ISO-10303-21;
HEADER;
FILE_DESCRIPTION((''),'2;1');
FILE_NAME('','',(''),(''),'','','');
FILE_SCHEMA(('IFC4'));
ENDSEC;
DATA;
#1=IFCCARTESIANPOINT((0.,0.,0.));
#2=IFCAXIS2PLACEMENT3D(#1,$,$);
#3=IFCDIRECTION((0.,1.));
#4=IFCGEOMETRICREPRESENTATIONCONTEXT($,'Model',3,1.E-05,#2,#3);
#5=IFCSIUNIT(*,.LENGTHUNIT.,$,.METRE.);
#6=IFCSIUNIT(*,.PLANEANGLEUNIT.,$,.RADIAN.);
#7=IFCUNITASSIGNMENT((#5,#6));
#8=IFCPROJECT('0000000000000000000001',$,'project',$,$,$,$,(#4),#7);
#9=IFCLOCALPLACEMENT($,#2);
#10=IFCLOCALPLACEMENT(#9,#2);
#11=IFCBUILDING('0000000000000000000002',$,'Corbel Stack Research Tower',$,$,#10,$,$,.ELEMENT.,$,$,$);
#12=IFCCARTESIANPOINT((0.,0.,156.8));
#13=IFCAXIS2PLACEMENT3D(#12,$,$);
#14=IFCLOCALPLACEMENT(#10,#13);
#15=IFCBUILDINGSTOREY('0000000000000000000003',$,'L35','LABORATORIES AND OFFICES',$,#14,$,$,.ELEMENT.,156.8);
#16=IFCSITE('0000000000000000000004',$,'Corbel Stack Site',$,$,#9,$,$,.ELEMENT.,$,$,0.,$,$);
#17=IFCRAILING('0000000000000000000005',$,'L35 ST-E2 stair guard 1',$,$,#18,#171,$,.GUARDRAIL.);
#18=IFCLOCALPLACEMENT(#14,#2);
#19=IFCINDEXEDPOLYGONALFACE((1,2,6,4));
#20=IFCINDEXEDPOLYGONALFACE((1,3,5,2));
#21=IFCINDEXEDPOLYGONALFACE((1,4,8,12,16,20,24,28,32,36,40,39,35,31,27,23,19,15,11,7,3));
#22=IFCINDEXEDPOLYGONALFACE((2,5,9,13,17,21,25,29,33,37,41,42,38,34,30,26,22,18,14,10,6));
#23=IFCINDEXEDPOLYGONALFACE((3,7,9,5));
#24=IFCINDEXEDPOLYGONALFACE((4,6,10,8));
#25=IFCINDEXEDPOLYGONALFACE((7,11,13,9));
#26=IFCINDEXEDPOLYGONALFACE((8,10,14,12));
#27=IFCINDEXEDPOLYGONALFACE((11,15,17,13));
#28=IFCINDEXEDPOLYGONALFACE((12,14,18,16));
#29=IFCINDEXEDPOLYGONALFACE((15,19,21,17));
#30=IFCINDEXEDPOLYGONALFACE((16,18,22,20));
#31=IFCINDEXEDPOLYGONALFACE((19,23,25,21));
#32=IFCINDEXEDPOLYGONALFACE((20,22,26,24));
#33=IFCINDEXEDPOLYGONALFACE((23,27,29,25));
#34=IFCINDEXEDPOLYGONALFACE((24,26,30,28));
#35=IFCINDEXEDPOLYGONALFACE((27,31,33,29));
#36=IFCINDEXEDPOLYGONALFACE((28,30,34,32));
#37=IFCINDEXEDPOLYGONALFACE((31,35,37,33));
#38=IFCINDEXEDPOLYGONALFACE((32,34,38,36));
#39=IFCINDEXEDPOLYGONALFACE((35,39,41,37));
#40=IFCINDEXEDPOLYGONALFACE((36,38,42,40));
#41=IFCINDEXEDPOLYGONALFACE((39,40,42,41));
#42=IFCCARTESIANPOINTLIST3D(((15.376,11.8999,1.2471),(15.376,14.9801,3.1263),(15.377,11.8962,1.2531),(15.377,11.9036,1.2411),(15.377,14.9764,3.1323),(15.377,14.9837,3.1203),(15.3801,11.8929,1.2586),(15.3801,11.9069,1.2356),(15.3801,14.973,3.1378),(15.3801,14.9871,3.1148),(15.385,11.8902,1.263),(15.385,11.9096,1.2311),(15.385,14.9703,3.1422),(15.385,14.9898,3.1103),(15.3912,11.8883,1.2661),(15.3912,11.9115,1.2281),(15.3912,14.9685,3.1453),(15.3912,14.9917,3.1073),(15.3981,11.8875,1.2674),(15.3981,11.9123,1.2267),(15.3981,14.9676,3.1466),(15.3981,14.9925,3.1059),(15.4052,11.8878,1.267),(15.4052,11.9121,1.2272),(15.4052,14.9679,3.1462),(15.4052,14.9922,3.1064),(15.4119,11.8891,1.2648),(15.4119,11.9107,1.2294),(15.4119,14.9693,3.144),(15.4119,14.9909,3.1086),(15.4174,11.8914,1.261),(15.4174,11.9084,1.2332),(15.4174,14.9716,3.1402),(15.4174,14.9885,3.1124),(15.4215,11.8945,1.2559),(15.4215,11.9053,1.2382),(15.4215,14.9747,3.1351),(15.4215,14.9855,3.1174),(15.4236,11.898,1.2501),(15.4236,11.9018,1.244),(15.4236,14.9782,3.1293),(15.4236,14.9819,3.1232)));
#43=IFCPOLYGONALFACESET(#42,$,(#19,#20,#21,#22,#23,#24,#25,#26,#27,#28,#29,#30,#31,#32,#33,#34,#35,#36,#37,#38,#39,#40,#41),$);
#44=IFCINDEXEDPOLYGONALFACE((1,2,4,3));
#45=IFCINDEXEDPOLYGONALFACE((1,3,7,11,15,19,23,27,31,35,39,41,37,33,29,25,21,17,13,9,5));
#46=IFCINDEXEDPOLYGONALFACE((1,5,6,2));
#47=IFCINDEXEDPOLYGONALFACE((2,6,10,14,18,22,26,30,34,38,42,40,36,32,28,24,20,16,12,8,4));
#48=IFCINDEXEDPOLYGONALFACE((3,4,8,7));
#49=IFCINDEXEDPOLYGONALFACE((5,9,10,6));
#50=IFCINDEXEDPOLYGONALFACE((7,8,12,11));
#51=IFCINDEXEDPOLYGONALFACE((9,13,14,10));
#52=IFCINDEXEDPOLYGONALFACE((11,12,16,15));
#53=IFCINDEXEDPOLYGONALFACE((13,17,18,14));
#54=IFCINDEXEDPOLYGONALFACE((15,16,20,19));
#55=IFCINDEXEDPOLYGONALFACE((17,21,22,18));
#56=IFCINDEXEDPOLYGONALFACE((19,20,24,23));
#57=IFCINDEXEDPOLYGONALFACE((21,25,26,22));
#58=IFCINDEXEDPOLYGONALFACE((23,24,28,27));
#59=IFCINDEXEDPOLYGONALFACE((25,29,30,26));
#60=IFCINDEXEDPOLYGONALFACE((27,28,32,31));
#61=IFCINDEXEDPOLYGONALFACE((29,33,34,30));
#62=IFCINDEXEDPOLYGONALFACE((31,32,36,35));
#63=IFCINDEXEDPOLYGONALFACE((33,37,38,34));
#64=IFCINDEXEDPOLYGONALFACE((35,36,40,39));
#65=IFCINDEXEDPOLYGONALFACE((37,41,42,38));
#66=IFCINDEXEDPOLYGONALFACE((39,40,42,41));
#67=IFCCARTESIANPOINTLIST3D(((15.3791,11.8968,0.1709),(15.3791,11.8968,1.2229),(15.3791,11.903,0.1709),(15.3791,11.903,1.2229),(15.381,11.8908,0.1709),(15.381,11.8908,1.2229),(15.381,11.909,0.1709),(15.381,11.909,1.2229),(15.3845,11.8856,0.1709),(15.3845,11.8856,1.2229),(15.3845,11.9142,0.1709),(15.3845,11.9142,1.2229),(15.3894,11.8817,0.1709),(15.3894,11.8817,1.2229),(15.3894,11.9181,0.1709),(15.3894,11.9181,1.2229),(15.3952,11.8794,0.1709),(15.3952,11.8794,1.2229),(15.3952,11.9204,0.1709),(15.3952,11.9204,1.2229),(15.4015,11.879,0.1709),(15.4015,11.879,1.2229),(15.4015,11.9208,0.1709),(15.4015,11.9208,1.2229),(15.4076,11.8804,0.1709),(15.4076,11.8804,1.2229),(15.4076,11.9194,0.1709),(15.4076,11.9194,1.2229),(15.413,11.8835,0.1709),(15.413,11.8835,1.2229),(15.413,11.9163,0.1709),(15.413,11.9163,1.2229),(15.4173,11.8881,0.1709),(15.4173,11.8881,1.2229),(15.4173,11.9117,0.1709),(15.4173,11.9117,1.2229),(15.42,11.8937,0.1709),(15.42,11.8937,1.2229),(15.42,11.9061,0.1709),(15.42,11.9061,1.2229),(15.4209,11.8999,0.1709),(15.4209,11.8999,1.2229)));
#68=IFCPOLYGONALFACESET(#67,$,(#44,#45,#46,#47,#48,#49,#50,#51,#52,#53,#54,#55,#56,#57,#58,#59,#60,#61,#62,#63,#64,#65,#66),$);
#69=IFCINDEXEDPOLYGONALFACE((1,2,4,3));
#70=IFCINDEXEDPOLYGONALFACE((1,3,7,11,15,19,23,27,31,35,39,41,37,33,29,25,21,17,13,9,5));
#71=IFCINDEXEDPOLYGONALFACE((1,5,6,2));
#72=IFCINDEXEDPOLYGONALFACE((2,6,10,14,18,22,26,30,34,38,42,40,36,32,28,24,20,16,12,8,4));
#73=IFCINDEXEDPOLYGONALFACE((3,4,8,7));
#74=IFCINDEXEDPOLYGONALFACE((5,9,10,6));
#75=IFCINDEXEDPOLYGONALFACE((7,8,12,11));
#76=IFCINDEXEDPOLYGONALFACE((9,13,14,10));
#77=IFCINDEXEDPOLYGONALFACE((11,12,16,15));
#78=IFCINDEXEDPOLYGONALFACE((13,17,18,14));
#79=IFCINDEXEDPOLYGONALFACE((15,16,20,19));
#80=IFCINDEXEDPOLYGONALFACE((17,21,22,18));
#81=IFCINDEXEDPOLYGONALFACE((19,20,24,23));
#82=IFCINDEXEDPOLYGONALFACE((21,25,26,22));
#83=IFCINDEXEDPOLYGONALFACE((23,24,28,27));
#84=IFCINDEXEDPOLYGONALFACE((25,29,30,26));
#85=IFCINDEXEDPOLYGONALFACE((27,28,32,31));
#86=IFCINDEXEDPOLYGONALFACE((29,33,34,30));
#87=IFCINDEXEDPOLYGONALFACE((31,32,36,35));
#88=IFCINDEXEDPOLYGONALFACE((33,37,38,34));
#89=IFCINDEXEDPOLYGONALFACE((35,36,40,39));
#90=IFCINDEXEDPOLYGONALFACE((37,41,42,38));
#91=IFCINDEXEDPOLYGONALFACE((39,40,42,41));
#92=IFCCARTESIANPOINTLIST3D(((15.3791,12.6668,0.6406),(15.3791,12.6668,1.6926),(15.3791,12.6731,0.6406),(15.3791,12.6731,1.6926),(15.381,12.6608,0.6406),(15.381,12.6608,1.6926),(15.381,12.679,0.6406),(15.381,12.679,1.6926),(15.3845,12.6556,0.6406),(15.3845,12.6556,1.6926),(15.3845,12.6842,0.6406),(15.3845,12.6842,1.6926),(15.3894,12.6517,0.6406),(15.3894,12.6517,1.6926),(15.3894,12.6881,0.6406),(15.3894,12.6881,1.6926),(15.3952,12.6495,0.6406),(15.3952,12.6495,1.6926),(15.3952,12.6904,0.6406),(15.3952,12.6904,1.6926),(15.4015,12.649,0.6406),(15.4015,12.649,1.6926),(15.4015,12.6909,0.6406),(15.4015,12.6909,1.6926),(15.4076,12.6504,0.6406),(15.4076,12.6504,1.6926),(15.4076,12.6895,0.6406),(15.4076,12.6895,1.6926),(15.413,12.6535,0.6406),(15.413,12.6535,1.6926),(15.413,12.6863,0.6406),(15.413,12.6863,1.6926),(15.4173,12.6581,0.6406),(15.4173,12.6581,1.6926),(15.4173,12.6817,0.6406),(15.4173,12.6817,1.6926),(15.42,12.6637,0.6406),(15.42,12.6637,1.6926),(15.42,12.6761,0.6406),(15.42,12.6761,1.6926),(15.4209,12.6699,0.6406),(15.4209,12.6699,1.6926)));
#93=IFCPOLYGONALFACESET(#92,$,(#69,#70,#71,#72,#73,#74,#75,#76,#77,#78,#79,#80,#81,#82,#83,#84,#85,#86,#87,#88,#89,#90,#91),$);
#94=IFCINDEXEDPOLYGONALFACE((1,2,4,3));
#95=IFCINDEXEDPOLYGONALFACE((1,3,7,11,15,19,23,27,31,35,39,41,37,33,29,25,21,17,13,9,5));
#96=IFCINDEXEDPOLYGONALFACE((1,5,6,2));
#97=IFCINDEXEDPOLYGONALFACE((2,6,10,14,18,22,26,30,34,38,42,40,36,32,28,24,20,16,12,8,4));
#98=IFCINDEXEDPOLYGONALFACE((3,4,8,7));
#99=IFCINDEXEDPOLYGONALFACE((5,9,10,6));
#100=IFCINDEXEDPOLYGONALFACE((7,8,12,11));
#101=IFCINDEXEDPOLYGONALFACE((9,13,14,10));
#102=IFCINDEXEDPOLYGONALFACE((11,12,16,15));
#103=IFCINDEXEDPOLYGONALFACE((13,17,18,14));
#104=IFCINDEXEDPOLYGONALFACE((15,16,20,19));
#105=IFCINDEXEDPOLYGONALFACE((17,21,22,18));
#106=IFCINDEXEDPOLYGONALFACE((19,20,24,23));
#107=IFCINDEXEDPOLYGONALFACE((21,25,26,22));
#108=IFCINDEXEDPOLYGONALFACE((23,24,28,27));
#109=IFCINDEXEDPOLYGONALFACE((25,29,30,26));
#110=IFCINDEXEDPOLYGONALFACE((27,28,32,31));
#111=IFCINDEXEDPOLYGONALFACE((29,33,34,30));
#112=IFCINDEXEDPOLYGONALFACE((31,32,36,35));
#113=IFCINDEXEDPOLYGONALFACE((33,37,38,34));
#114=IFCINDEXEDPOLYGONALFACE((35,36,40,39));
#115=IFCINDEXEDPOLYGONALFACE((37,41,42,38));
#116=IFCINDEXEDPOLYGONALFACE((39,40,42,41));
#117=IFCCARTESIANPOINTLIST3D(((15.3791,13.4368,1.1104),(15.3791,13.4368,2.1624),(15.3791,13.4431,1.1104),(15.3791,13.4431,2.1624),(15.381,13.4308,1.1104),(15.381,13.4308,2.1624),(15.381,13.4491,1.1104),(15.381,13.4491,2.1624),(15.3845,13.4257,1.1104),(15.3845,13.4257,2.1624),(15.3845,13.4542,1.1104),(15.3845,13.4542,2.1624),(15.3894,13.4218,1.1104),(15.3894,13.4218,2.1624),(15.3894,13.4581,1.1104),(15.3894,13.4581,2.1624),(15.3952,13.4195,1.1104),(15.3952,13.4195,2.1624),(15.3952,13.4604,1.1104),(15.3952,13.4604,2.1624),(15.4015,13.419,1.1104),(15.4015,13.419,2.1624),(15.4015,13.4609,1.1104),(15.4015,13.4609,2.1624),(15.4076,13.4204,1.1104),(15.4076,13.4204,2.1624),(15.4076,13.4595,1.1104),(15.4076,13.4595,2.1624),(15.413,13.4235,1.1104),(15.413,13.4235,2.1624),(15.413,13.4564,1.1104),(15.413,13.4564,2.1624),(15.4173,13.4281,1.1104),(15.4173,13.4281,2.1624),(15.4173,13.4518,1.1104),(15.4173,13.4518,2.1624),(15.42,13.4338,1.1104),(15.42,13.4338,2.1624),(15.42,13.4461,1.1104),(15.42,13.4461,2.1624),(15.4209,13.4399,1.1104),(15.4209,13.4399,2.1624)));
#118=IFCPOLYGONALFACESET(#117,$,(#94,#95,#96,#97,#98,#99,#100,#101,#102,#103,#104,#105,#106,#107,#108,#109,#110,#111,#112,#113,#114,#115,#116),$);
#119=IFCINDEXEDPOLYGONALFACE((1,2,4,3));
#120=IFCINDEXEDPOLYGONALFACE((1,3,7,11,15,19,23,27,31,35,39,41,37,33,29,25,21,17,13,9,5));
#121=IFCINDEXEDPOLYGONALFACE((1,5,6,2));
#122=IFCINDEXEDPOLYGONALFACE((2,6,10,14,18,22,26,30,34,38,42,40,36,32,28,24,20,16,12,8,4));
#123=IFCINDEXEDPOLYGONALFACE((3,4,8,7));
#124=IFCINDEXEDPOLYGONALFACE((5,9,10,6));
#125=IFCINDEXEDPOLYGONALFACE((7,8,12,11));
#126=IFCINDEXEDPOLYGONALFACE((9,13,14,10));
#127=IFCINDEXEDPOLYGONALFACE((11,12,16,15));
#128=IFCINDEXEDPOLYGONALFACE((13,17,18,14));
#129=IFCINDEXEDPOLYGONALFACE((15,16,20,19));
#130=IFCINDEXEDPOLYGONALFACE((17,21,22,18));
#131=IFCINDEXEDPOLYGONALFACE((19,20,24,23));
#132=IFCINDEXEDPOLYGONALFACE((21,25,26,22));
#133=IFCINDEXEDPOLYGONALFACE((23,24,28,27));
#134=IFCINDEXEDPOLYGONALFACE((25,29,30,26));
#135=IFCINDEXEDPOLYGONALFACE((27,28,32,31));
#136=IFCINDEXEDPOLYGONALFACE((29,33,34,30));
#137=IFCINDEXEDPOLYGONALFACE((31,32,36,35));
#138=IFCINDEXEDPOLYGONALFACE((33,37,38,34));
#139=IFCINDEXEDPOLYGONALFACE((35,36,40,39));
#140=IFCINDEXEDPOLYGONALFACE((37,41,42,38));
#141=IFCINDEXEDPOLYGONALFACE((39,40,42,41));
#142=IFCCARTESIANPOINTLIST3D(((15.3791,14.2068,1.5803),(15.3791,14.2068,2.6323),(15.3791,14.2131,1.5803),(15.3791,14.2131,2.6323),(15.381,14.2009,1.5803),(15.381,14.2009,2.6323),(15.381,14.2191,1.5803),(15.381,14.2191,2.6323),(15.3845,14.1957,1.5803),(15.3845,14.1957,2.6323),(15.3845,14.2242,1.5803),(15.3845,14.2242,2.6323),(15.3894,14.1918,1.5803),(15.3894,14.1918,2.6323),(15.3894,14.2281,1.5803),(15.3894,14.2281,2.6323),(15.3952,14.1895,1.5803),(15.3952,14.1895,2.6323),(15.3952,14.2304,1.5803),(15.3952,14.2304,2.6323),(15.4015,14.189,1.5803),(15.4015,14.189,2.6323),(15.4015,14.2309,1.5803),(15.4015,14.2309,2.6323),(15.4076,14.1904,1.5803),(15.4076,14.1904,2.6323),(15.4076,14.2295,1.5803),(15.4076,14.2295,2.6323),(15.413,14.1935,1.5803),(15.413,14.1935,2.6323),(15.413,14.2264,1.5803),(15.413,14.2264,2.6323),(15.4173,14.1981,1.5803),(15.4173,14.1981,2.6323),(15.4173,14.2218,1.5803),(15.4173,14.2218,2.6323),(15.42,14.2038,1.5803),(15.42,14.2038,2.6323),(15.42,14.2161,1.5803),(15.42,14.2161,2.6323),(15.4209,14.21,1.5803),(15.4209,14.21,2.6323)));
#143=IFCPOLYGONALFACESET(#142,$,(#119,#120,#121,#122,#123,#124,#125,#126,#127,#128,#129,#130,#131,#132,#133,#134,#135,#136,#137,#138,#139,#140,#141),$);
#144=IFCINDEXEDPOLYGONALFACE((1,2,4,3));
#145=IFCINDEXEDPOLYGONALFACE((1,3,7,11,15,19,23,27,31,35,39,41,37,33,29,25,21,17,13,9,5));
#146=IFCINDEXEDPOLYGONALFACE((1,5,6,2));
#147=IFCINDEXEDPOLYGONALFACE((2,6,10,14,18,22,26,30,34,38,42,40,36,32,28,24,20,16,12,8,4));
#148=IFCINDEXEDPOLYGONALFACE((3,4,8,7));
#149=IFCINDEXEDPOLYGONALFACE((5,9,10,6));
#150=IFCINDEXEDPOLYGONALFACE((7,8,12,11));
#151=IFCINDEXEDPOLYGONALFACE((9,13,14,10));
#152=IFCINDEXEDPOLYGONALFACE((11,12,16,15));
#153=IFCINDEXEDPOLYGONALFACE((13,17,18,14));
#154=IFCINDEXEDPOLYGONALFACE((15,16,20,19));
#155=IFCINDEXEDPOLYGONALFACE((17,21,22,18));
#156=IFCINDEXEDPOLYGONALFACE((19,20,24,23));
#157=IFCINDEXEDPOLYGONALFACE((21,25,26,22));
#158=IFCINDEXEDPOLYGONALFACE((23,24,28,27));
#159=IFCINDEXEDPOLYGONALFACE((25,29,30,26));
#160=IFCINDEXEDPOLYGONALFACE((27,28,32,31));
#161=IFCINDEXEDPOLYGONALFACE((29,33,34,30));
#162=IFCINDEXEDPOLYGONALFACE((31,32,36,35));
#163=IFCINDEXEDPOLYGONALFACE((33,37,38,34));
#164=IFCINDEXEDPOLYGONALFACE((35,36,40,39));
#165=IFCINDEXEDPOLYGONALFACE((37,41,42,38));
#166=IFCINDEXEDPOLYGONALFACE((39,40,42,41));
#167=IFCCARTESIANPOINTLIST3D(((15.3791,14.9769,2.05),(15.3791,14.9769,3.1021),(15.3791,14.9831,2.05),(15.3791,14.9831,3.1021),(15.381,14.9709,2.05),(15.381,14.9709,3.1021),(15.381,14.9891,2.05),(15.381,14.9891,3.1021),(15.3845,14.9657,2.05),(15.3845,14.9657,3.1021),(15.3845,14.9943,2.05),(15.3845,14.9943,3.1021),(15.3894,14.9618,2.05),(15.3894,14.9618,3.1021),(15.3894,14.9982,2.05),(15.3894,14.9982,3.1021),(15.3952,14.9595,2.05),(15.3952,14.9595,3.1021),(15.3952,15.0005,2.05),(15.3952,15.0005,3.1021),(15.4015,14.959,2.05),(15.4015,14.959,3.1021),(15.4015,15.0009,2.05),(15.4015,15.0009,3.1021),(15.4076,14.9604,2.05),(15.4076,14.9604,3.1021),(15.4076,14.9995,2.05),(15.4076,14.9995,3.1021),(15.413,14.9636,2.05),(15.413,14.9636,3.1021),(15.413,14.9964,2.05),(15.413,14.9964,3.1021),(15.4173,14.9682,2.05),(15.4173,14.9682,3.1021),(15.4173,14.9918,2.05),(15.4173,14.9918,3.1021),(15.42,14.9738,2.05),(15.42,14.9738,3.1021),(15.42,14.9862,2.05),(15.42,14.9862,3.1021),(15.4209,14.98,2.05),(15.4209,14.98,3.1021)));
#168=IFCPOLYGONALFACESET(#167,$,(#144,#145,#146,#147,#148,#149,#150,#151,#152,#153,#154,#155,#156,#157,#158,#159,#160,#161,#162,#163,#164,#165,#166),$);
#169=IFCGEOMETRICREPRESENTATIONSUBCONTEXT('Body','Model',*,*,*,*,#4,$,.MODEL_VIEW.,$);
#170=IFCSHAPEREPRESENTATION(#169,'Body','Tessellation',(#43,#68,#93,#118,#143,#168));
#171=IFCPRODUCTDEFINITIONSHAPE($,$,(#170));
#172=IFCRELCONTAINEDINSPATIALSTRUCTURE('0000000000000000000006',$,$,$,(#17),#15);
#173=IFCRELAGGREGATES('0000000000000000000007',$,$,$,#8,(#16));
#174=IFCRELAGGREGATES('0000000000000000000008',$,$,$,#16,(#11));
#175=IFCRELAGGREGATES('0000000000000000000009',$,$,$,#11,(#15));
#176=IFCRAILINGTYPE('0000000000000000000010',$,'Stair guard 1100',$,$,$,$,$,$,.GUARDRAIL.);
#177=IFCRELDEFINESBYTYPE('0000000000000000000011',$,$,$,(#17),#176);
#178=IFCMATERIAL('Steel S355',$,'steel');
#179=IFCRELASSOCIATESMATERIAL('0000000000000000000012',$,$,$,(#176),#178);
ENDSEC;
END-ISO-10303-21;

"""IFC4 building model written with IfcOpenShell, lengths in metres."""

from ifc_helpers import new_model, si_unit, direction, frame, origin, origin_2d, place, context, subcontext, project, spatial, circle, extrude, material, type_object, element, save


model = new_model("IFC4")

# Units and contexts
model_context = context("Model", 3, precision=1e-05, world=origin(), true_north=direction((0.0, 1.0)))
body_context = subcontext(model_context, "Body", "Model", "MODEL_VIEW")
ifc_project = project(units=[si_unit("LENGTHUNIT", "METRE"), si_unit("PLANEANGLEUNIT", "RADIAN")], contexts=[model_context])

# Site, building, storey
site_placement = place(None, origin())
site = spatial("IfcSite", under=ifc_project, at=site_placement, Name="Corbel Stack Site", CompositionType="ELEMENT", RefElevation=0.0)
building_placement = place(site_placement, origin())
building = spatial("IfcBuilding", under=site, at=building_placement, Name="Corbel Stack Research Tower", CompositionType="ELEMENT")
storey_placement = place(building_placement, frame((0.0, 0.0, 156.8)))
storey = spatial("IfcBuildingStorey", under=building, at=storey_placement, Name="L35", Description="LABORATORIES AND OFFICES", CompositionType="ELEMENT", Elevation=156.8)

# Railing
ifc_material_1 = material(Name="Steel S355", Category="steel")
railing_type_1 = type_object("IfcRailingType", Name="Stair guard 1100", PredefinedType="GUARDRAIL", material=ifc_material_1)
railing_1_placement = place(storey_placement, frame((15.3999, 11.8999, 0.1709)))
element("IfcRailing", 1, at=railing_1_placement, inside=storey, type_object=railing_type_1, Name="L35 ST-E2 stair guard 1", PredefinedType="GUARDRAIL", context=body_context, shape_type="SweptSolid", body=[
    extrude(circle(Radius=0.0239, at=origin_2d()), frame((0.0, 0.0, 1.0762), z_axis=(0.0, 0.853666, 0.52082), x_axis=(-1.0, 0.0, 0.0)), (0.0, 0.0, 1.0), 3.6082),
    extrude(circle(Radius=0.021, at=origin_2d()), origin(), (0.0, 0.0, 1.0), 1.052),
    extrude(circle(Radius=0.021, at=origin_2d()), frame((0.0, 0.77, 0.4697)), (0.0, 0.0, 1.0), 1.052),
    extrude(circle(Radius=0.021, at=origin_2d()), frame((0.0, 1.54, 0.9395)), (0.0, 0.0, 1.0), 1.052),
    extrude(circle(Radius=0.021, at=origin_2d()), frame((0.0, 2.3101, 1.4094)), (0.0, 0.0, 1.0), 1.052),
    extrude(circle(Radius=0.021, at=origin_2d()), frame((0.0, 3.0801, 1.8792)), (0.0, 0.0, 1.0), 1.052),
])

save(model, "model.ifc")
